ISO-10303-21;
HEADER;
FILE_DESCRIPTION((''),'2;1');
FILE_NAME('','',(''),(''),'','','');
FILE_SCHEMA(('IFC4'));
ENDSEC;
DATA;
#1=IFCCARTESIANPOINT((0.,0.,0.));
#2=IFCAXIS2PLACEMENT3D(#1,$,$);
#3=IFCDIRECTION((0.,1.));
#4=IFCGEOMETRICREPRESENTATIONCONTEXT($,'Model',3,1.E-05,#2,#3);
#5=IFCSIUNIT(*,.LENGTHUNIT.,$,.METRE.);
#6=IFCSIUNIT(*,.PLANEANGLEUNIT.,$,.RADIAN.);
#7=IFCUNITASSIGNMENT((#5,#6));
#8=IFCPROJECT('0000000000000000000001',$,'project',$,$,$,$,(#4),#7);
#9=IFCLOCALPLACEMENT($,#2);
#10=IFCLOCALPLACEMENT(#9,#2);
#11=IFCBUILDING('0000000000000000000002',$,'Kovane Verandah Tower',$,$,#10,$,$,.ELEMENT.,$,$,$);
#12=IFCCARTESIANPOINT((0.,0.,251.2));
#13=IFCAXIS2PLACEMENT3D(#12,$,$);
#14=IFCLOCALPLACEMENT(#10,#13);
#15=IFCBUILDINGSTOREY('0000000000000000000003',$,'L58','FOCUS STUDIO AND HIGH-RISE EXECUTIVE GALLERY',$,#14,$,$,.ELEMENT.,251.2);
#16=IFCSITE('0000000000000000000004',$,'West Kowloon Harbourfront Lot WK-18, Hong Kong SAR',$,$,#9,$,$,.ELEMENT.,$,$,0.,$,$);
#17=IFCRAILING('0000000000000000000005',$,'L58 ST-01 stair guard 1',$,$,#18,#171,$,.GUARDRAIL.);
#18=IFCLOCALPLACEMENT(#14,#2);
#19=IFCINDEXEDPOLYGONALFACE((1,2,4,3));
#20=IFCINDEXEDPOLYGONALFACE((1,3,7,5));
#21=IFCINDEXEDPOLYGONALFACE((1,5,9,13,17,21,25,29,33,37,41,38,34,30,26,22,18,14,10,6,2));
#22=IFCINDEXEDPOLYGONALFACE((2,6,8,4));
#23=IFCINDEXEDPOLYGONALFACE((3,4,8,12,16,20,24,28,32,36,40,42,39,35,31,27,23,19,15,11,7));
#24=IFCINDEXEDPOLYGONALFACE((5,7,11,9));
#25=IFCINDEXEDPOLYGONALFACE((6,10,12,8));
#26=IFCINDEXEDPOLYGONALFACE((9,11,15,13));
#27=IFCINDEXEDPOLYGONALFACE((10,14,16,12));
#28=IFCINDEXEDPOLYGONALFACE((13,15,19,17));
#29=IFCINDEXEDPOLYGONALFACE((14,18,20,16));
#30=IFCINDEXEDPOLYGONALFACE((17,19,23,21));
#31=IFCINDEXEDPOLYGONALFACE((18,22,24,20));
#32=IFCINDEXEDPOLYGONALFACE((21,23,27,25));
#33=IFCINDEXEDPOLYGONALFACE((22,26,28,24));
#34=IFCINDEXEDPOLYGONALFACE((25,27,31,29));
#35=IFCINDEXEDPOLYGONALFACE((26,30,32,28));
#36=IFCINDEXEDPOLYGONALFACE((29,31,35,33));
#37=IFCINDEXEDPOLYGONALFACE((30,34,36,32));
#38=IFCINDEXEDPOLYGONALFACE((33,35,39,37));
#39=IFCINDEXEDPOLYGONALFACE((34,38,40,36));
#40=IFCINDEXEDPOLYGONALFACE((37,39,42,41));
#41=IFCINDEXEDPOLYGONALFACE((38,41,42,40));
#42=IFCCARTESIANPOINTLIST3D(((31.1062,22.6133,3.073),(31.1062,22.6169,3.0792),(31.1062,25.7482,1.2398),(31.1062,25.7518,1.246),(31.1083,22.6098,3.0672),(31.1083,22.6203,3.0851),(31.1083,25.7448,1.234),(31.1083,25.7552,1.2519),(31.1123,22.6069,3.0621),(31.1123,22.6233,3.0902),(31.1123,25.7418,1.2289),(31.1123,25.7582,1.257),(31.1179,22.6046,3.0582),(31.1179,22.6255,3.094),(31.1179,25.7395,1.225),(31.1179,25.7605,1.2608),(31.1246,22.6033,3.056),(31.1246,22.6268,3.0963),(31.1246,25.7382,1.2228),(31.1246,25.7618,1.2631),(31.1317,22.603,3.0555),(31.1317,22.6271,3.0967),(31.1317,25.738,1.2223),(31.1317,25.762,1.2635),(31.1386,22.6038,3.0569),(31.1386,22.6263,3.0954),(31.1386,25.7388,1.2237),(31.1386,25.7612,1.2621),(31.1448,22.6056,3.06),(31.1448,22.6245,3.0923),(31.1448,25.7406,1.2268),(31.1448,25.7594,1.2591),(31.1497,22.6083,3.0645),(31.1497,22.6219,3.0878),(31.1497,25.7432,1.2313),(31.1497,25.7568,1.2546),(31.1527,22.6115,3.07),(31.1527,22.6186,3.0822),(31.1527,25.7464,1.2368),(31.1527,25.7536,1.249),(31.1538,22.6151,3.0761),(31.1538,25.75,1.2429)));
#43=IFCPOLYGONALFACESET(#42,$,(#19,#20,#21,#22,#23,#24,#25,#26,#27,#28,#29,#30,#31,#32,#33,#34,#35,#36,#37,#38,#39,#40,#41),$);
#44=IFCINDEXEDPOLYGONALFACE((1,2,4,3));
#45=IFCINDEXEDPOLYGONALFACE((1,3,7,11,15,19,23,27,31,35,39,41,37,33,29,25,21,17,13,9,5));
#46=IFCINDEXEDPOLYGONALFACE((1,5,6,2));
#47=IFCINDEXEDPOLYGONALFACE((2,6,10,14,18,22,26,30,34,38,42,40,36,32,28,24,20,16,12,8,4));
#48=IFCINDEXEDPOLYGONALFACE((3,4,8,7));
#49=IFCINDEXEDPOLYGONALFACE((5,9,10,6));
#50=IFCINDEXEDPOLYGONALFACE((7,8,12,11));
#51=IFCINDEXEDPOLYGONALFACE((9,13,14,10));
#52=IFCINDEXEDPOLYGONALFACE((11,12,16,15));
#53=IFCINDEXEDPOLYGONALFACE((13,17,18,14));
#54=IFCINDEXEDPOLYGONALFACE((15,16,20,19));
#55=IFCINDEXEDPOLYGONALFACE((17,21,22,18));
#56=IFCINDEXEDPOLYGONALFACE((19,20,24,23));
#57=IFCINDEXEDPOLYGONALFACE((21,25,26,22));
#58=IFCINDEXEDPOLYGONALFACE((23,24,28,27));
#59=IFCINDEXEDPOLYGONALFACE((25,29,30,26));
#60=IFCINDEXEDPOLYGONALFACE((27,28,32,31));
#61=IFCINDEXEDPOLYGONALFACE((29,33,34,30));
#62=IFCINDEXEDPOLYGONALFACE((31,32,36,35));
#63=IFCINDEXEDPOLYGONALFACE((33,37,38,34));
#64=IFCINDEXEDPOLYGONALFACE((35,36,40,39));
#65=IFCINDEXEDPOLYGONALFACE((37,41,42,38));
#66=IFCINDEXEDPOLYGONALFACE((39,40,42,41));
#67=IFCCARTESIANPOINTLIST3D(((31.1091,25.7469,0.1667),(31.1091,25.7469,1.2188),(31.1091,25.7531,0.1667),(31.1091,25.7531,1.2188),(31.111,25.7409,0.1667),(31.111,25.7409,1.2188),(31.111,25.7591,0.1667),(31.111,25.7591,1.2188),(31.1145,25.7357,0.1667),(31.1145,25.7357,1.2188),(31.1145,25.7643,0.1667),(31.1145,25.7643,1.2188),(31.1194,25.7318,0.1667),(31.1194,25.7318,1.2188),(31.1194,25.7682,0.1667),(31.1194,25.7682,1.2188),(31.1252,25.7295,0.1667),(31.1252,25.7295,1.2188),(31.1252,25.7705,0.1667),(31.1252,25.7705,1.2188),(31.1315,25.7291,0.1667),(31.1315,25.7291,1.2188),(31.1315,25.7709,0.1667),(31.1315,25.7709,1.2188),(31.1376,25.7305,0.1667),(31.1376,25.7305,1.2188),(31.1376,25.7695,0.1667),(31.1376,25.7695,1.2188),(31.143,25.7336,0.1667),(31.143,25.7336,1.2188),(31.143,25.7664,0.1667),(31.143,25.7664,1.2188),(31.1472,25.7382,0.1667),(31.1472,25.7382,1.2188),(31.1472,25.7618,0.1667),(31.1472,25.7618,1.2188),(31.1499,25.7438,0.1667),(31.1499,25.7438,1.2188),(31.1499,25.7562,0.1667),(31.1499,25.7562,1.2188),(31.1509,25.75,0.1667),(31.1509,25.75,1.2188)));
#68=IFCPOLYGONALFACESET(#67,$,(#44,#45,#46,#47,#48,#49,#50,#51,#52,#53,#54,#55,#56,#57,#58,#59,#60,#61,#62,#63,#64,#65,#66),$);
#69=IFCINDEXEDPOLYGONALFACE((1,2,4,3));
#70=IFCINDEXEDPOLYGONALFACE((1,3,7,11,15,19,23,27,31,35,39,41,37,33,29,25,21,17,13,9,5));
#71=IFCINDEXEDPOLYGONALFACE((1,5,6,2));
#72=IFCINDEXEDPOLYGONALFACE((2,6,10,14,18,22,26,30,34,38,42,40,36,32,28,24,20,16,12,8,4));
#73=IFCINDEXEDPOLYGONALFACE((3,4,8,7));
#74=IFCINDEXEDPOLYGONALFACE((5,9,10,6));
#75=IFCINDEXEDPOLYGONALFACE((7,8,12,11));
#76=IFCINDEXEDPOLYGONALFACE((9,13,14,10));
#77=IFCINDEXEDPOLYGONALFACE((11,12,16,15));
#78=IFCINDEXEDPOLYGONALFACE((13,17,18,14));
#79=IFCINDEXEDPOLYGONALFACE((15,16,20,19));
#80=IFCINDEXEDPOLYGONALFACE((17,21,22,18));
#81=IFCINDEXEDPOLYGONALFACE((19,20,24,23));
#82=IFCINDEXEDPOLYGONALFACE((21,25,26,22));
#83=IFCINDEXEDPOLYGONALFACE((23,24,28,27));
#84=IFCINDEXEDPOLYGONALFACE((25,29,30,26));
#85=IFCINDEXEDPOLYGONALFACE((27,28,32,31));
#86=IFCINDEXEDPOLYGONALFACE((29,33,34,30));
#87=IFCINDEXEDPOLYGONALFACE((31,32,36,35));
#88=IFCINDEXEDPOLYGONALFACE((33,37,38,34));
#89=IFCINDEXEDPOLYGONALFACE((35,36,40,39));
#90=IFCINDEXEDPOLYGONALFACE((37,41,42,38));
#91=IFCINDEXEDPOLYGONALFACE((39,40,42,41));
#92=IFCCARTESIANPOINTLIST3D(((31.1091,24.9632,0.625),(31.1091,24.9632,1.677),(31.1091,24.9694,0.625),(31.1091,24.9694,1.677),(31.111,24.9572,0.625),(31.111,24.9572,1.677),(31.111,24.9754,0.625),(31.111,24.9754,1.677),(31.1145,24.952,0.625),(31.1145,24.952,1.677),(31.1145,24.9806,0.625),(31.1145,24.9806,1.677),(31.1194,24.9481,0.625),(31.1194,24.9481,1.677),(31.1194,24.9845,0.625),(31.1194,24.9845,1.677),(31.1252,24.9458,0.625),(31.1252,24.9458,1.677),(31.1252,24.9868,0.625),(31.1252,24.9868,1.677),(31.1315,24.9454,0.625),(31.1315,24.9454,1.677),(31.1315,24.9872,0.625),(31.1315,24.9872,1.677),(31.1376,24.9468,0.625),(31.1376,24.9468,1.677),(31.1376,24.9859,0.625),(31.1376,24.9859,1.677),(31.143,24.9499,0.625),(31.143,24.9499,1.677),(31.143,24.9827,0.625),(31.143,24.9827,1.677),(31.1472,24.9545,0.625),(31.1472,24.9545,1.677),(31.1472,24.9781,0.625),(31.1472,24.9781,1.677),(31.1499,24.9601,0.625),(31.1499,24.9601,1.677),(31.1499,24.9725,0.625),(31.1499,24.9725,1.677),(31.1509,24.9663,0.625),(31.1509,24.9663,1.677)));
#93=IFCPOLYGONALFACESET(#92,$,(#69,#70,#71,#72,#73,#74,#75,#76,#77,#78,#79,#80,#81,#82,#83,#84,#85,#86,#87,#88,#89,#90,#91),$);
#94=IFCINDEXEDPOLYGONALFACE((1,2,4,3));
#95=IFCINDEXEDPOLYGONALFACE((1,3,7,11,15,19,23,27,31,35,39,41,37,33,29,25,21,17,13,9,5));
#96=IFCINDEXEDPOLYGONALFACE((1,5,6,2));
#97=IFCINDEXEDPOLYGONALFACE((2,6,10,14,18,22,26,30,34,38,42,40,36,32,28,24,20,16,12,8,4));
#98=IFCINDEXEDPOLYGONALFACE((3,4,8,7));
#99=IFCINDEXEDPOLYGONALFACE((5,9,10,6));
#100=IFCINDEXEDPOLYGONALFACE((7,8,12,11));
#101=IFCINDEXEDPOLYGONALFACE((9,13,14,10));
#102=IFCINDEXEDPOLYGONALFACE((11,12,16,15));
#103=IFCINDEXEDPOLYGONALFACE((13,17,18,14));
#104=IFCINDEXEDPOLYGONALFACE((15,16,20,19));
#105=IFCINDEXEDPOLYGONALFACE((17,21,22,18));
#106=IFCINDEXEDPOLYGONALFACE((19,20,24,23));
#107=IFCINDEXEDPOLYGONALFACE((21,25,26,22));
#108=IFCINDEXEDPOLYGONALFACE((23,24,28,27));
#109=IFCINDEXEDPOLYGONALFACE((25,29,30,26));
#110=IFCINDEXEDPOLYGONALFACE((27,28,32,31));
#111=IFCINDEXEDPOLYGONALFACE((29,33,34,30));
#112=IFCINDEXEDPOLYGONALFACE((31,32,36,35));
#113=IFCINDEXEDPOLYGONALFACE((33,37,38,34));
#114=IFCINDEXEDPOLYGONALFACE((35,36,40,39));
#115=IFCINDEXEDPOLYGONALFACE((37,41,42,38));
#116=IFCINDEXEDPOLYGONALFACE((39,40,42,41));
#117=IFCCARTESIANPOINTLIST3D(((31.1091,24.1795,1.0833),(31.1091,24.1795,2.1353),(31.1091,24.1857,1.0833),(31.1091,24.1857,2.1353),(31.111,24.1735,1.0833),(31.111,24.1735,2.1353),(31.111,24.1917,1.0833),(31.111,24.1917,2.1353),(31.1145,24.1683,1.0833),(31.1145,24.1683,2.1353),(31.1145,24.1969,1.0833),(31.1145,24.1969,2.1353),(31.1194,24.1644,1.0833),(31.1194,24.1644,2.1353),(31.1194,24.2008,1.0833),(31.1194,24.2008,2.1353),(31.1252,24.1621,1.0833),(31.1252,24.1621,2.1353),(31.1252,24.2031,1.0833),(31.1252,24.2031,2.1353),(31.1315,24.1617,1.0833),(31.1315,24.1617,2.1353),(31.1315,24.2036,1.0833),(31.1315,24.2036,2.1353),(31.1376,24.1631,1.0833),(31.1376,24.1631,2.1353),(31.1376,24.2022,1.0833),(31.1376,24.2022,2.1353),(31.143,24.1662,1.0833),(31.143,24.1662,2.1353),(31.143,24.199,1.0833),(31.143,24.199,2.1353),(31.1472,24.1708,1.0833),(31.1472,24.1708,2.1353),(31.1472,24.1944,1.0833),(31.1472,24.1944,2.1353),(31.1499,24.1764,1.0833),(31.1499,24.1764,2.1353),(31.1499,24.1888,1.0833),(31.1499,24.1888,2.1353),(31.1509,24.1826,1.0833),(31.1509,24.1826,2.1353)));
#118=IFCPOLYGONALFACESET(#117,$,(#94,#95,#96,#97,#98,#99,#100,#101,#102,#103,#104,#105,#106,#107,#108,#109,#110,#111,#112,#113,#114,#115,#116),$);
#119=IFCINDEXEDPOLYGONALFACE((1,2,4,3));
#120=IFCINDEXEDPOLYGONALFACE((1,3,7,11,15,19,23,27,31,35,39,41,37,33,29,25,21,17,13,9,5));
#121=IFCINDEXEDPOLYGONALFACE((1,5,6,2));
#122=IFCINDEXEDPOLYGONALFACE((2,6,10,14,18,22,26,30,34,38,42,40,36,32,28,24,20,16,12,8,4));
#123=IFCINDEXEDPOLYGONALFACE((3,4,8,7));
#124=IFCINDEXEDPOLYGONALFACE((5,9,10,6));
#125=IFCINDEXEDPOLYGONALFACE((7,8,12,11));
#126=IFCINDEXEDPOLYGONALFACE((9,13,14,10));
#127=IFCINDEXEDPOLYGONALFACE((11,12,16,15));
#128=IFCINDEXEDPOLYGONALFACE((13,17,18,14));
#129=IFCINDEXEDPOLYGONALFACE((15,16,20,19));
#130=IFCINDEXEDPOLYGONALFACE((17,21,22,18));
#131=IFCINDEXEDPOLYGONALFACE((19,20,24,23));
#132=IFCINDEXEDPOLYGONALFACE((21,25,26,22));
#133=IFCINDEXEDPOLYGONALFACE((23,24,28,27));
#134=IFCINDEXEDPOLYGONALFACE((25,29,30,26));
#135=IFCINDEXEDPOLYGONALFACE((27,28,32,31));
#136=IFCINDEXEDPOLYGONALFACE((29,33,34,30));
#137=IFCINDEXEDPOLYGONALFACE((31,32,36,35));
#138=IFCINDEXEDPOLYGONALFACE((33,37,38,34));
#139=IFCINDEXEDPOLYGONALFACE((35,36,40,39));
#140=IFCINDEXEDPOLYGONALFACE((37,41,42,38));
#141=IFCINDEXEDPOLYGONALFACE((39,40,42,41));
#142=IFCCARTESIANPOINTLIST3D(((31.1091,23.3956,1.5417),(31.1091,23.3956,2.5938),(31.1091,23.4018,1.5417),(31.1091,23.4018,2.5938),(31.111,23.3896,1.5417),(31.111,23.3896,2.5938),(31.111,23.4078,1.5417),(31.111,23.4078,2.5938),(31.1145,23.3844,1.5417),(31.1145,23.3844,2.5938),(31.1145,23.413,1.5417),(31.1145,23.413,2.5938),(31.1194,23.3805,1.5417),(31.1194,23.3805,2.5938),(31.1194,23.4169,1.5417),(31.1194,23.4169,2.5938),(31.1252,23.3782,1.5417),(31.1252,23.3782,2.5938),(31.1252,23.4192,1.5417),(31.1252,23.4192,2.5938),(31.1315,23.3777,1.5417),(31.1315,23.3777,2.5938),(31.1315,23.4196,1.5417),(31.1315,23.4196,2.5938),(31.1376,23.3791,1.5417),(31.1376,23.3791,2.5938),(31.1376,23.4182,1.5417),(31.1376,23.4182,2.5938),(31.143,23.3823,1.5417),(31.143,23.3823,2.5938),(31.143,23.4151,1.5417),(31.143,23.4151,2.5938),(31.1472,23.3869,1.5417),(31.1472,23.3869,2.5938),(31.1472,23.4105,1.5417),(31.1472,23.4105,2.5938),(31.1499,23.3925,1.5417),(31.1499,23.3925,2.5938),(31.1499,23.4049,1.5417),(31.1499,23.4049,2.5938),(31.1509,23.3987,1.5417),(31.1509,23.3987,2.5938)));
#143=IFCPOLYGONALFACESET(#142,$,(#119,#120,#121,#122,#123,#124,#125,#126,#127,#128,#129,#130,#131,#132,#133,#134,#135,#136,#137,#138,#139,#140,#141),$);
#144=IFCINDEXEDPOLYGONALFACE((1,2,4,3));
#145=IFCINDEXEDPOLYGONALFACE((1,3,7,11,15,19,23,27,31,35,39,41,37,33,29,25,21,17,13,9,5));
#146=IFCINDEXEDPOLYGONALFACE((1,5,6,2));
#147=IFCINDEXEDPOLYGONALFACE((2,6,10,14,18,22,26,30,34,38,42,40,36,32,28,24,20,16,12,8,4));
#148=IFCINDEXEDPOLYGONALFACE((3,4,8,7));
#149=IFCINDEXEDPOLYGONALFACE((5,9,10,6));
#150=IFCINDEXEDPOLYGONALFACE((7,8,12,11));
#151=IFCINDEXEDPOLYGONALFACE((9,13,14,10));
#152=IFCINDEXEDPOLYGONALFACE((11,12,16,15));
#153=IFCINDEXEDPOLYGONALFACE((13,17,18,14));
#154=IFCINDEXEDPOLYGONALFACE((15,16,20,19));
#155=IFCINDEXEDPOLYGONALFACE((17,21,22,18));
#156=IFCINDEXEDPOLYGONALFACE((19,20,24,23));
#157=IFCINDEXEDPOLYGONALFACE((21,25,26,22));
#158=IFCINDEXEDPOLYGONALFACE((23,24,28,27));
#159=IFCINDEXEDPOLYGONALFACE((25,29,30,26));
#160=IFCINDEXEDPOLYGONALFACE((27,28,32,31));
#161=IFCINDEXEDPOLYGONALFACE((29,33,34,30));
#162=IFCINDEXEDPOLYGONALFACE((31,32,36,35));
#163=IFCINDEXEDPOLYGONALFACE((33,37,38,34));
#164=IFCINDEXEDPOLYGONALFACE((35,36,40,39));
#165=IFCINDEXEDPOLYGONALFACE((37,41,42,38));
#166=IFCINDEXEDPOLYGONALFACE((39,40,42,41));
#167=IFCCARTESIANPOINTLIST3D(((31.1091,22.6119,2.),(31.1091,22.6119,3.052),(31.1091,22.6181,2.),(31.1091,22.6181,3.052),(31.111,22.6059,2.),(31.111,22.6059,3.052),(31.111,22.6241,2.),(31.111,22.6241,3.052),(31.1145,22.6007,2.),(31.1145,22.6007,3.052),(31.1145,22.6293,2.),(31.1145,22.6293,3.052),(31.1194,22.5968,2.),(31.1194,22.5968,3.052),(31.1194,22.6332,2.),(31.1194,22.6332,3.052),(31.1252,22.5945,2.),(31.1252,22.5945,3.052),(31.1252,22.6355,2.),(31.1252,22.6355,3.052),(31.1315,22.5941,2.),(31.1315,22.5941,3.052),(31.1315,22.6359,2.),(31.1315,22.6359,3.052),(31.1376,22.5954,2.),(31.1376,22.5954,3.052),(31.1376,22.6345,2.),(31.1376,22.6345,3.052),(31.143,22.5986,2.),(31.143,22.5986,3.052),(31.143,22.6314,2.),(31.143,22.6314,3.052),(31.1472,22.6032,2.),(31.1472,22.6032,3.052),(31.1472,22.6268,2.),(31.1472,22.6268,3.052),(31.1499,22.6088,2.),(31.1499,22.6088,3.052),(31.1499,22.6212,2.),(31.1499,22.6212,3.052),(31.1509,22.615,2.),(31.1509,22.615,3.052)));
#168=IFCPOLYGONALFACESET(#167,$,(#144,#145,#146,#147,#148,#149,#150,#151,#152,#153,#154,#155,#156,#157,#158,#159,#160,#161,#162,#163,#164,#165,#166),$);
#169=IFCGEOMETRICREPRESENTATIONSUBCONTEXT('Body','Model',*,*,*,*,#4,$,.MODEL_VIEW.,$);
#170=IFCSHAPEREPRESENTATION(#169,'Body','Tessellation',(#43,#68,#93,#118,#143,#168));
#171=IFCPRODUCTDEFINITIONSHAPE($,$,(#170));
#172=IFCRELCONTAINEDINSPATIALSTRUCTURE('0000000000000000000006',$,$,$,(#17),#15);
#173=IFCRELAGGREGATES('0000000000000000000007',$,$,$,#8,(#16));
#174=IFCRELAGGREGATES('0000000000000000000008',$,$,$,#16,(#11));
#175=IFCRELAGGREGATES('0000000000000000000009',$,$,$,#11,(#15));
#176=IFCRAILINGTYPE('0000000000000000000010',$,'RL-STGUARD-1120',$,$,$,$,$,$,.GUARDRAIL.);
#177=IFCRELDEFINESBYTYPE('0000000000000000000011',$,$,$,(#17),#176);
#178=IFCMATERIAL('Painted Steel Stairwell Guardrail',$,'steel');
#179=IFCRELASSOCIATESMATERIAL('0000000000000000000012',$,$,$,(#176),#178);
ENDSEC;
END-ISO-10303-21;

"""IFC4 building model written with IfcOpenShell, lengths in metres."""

from ifc_helpers import new_model, si_unit, direction, frame, origin, origin_2d, place, context, subcontext, project, spatial, circle, extrude, material, type_object, element, save


model = new_model("IFC4")

# Units and contexts
model_context = context("Model", 3, precision=1e-05, world=origin(), true_north=direction((0.0, 1.0)))
body_context = subcontext(model_context, "Body", "Model", "MODEL_VIEW")
ifc_project = project(units=[si_unit("LENGTHUNIT", "METRE"), si_unit("PLANEANGLEUNIT", "RADIAN")], contexts=[model_context])

# Site, building, storey
site_placement = place(None, origin())
site = spatial("IfcSite", under=ifc_project, at=site_placement, Name="West Kowloon Harbourfront Lot WK-18, Hong Kong SAR", CompositionType="ELEMENT", RefElevation=0.0)
building_placement = place(site_placement, origin())
building = spatial("IfcBuilding", under=site, at=building_placement, Name="Kovane Verandah Tower", CompositionType="ELEMENT")
storey_placement = place(building_placement, frame((0.0, 0.0, 251.2)))
storey = spatial("IfcBuildingStorey", under=building, at=storey_placement, Name="L58", Description="FOCUS STUDIO AND HIGH-RISE EXECUTIVE GALLERY", CompositionType="ELEMENT", Elevation=251.2)

# Railing
ifc_material_1 = material(Name="Painted Steel Stairwell Guardrail", Category="steel")
railing_type_1 = type_object("IfcRailingType", Name="RL-STGUARD-1120", PredefinedType="GUARDRAIL", material=ifc_material_1)
railing_1_placement = place(storey_placement, frame((31.1299, 25.75, 0.1667)))
element("IfcRailing", 1, at=railing_1_placement, inside=storey, type_object=railing_type_1, Name="L58 ST-01 stair guard 1", PredefinedType="GUARDRAIL", context=body_context, shape_type="SweptSolid", body=[
    extrude(circle(Radius=0.0239, at=origin_2d()), frame((0.0, 0.0, 1.0762), z_axis=(0.0, -0.86324, 0.504794), x_axis=(1.0, 0.0, 0.0)), (0.0, 0.0, 1.0), 3.6316),
    extrude(circle(Radius=0.021, at=origin_2d()), origin(), (0.0, 0.0, 1.0), 1.052),
    extrude(circle(Radius=0.021, at=origin_2d()), frame((0.0, -0.7837, 0.4583)), (0.0, 0.0, 1.0), 1.052),
    extrude(circle(Radius=0.021, at=origin_2d()), frame((0.0, -1.5674, 0.9165)), (0.0, 0.0, 1.0), 1.052),
    extrude(circle(Radius=0.021, at=origin_2d()), frame((0.0, -2.3513, 1.375)), (0.0, 0.0, 1.0), 1.052),
    extrude(circle(Radius=0.021, at=origin_2d()), frame((0.0, -3.135, 1.8333)), (0.0, 0.0, 1.0), 1.052),
])

save(model, "model.ifc")
